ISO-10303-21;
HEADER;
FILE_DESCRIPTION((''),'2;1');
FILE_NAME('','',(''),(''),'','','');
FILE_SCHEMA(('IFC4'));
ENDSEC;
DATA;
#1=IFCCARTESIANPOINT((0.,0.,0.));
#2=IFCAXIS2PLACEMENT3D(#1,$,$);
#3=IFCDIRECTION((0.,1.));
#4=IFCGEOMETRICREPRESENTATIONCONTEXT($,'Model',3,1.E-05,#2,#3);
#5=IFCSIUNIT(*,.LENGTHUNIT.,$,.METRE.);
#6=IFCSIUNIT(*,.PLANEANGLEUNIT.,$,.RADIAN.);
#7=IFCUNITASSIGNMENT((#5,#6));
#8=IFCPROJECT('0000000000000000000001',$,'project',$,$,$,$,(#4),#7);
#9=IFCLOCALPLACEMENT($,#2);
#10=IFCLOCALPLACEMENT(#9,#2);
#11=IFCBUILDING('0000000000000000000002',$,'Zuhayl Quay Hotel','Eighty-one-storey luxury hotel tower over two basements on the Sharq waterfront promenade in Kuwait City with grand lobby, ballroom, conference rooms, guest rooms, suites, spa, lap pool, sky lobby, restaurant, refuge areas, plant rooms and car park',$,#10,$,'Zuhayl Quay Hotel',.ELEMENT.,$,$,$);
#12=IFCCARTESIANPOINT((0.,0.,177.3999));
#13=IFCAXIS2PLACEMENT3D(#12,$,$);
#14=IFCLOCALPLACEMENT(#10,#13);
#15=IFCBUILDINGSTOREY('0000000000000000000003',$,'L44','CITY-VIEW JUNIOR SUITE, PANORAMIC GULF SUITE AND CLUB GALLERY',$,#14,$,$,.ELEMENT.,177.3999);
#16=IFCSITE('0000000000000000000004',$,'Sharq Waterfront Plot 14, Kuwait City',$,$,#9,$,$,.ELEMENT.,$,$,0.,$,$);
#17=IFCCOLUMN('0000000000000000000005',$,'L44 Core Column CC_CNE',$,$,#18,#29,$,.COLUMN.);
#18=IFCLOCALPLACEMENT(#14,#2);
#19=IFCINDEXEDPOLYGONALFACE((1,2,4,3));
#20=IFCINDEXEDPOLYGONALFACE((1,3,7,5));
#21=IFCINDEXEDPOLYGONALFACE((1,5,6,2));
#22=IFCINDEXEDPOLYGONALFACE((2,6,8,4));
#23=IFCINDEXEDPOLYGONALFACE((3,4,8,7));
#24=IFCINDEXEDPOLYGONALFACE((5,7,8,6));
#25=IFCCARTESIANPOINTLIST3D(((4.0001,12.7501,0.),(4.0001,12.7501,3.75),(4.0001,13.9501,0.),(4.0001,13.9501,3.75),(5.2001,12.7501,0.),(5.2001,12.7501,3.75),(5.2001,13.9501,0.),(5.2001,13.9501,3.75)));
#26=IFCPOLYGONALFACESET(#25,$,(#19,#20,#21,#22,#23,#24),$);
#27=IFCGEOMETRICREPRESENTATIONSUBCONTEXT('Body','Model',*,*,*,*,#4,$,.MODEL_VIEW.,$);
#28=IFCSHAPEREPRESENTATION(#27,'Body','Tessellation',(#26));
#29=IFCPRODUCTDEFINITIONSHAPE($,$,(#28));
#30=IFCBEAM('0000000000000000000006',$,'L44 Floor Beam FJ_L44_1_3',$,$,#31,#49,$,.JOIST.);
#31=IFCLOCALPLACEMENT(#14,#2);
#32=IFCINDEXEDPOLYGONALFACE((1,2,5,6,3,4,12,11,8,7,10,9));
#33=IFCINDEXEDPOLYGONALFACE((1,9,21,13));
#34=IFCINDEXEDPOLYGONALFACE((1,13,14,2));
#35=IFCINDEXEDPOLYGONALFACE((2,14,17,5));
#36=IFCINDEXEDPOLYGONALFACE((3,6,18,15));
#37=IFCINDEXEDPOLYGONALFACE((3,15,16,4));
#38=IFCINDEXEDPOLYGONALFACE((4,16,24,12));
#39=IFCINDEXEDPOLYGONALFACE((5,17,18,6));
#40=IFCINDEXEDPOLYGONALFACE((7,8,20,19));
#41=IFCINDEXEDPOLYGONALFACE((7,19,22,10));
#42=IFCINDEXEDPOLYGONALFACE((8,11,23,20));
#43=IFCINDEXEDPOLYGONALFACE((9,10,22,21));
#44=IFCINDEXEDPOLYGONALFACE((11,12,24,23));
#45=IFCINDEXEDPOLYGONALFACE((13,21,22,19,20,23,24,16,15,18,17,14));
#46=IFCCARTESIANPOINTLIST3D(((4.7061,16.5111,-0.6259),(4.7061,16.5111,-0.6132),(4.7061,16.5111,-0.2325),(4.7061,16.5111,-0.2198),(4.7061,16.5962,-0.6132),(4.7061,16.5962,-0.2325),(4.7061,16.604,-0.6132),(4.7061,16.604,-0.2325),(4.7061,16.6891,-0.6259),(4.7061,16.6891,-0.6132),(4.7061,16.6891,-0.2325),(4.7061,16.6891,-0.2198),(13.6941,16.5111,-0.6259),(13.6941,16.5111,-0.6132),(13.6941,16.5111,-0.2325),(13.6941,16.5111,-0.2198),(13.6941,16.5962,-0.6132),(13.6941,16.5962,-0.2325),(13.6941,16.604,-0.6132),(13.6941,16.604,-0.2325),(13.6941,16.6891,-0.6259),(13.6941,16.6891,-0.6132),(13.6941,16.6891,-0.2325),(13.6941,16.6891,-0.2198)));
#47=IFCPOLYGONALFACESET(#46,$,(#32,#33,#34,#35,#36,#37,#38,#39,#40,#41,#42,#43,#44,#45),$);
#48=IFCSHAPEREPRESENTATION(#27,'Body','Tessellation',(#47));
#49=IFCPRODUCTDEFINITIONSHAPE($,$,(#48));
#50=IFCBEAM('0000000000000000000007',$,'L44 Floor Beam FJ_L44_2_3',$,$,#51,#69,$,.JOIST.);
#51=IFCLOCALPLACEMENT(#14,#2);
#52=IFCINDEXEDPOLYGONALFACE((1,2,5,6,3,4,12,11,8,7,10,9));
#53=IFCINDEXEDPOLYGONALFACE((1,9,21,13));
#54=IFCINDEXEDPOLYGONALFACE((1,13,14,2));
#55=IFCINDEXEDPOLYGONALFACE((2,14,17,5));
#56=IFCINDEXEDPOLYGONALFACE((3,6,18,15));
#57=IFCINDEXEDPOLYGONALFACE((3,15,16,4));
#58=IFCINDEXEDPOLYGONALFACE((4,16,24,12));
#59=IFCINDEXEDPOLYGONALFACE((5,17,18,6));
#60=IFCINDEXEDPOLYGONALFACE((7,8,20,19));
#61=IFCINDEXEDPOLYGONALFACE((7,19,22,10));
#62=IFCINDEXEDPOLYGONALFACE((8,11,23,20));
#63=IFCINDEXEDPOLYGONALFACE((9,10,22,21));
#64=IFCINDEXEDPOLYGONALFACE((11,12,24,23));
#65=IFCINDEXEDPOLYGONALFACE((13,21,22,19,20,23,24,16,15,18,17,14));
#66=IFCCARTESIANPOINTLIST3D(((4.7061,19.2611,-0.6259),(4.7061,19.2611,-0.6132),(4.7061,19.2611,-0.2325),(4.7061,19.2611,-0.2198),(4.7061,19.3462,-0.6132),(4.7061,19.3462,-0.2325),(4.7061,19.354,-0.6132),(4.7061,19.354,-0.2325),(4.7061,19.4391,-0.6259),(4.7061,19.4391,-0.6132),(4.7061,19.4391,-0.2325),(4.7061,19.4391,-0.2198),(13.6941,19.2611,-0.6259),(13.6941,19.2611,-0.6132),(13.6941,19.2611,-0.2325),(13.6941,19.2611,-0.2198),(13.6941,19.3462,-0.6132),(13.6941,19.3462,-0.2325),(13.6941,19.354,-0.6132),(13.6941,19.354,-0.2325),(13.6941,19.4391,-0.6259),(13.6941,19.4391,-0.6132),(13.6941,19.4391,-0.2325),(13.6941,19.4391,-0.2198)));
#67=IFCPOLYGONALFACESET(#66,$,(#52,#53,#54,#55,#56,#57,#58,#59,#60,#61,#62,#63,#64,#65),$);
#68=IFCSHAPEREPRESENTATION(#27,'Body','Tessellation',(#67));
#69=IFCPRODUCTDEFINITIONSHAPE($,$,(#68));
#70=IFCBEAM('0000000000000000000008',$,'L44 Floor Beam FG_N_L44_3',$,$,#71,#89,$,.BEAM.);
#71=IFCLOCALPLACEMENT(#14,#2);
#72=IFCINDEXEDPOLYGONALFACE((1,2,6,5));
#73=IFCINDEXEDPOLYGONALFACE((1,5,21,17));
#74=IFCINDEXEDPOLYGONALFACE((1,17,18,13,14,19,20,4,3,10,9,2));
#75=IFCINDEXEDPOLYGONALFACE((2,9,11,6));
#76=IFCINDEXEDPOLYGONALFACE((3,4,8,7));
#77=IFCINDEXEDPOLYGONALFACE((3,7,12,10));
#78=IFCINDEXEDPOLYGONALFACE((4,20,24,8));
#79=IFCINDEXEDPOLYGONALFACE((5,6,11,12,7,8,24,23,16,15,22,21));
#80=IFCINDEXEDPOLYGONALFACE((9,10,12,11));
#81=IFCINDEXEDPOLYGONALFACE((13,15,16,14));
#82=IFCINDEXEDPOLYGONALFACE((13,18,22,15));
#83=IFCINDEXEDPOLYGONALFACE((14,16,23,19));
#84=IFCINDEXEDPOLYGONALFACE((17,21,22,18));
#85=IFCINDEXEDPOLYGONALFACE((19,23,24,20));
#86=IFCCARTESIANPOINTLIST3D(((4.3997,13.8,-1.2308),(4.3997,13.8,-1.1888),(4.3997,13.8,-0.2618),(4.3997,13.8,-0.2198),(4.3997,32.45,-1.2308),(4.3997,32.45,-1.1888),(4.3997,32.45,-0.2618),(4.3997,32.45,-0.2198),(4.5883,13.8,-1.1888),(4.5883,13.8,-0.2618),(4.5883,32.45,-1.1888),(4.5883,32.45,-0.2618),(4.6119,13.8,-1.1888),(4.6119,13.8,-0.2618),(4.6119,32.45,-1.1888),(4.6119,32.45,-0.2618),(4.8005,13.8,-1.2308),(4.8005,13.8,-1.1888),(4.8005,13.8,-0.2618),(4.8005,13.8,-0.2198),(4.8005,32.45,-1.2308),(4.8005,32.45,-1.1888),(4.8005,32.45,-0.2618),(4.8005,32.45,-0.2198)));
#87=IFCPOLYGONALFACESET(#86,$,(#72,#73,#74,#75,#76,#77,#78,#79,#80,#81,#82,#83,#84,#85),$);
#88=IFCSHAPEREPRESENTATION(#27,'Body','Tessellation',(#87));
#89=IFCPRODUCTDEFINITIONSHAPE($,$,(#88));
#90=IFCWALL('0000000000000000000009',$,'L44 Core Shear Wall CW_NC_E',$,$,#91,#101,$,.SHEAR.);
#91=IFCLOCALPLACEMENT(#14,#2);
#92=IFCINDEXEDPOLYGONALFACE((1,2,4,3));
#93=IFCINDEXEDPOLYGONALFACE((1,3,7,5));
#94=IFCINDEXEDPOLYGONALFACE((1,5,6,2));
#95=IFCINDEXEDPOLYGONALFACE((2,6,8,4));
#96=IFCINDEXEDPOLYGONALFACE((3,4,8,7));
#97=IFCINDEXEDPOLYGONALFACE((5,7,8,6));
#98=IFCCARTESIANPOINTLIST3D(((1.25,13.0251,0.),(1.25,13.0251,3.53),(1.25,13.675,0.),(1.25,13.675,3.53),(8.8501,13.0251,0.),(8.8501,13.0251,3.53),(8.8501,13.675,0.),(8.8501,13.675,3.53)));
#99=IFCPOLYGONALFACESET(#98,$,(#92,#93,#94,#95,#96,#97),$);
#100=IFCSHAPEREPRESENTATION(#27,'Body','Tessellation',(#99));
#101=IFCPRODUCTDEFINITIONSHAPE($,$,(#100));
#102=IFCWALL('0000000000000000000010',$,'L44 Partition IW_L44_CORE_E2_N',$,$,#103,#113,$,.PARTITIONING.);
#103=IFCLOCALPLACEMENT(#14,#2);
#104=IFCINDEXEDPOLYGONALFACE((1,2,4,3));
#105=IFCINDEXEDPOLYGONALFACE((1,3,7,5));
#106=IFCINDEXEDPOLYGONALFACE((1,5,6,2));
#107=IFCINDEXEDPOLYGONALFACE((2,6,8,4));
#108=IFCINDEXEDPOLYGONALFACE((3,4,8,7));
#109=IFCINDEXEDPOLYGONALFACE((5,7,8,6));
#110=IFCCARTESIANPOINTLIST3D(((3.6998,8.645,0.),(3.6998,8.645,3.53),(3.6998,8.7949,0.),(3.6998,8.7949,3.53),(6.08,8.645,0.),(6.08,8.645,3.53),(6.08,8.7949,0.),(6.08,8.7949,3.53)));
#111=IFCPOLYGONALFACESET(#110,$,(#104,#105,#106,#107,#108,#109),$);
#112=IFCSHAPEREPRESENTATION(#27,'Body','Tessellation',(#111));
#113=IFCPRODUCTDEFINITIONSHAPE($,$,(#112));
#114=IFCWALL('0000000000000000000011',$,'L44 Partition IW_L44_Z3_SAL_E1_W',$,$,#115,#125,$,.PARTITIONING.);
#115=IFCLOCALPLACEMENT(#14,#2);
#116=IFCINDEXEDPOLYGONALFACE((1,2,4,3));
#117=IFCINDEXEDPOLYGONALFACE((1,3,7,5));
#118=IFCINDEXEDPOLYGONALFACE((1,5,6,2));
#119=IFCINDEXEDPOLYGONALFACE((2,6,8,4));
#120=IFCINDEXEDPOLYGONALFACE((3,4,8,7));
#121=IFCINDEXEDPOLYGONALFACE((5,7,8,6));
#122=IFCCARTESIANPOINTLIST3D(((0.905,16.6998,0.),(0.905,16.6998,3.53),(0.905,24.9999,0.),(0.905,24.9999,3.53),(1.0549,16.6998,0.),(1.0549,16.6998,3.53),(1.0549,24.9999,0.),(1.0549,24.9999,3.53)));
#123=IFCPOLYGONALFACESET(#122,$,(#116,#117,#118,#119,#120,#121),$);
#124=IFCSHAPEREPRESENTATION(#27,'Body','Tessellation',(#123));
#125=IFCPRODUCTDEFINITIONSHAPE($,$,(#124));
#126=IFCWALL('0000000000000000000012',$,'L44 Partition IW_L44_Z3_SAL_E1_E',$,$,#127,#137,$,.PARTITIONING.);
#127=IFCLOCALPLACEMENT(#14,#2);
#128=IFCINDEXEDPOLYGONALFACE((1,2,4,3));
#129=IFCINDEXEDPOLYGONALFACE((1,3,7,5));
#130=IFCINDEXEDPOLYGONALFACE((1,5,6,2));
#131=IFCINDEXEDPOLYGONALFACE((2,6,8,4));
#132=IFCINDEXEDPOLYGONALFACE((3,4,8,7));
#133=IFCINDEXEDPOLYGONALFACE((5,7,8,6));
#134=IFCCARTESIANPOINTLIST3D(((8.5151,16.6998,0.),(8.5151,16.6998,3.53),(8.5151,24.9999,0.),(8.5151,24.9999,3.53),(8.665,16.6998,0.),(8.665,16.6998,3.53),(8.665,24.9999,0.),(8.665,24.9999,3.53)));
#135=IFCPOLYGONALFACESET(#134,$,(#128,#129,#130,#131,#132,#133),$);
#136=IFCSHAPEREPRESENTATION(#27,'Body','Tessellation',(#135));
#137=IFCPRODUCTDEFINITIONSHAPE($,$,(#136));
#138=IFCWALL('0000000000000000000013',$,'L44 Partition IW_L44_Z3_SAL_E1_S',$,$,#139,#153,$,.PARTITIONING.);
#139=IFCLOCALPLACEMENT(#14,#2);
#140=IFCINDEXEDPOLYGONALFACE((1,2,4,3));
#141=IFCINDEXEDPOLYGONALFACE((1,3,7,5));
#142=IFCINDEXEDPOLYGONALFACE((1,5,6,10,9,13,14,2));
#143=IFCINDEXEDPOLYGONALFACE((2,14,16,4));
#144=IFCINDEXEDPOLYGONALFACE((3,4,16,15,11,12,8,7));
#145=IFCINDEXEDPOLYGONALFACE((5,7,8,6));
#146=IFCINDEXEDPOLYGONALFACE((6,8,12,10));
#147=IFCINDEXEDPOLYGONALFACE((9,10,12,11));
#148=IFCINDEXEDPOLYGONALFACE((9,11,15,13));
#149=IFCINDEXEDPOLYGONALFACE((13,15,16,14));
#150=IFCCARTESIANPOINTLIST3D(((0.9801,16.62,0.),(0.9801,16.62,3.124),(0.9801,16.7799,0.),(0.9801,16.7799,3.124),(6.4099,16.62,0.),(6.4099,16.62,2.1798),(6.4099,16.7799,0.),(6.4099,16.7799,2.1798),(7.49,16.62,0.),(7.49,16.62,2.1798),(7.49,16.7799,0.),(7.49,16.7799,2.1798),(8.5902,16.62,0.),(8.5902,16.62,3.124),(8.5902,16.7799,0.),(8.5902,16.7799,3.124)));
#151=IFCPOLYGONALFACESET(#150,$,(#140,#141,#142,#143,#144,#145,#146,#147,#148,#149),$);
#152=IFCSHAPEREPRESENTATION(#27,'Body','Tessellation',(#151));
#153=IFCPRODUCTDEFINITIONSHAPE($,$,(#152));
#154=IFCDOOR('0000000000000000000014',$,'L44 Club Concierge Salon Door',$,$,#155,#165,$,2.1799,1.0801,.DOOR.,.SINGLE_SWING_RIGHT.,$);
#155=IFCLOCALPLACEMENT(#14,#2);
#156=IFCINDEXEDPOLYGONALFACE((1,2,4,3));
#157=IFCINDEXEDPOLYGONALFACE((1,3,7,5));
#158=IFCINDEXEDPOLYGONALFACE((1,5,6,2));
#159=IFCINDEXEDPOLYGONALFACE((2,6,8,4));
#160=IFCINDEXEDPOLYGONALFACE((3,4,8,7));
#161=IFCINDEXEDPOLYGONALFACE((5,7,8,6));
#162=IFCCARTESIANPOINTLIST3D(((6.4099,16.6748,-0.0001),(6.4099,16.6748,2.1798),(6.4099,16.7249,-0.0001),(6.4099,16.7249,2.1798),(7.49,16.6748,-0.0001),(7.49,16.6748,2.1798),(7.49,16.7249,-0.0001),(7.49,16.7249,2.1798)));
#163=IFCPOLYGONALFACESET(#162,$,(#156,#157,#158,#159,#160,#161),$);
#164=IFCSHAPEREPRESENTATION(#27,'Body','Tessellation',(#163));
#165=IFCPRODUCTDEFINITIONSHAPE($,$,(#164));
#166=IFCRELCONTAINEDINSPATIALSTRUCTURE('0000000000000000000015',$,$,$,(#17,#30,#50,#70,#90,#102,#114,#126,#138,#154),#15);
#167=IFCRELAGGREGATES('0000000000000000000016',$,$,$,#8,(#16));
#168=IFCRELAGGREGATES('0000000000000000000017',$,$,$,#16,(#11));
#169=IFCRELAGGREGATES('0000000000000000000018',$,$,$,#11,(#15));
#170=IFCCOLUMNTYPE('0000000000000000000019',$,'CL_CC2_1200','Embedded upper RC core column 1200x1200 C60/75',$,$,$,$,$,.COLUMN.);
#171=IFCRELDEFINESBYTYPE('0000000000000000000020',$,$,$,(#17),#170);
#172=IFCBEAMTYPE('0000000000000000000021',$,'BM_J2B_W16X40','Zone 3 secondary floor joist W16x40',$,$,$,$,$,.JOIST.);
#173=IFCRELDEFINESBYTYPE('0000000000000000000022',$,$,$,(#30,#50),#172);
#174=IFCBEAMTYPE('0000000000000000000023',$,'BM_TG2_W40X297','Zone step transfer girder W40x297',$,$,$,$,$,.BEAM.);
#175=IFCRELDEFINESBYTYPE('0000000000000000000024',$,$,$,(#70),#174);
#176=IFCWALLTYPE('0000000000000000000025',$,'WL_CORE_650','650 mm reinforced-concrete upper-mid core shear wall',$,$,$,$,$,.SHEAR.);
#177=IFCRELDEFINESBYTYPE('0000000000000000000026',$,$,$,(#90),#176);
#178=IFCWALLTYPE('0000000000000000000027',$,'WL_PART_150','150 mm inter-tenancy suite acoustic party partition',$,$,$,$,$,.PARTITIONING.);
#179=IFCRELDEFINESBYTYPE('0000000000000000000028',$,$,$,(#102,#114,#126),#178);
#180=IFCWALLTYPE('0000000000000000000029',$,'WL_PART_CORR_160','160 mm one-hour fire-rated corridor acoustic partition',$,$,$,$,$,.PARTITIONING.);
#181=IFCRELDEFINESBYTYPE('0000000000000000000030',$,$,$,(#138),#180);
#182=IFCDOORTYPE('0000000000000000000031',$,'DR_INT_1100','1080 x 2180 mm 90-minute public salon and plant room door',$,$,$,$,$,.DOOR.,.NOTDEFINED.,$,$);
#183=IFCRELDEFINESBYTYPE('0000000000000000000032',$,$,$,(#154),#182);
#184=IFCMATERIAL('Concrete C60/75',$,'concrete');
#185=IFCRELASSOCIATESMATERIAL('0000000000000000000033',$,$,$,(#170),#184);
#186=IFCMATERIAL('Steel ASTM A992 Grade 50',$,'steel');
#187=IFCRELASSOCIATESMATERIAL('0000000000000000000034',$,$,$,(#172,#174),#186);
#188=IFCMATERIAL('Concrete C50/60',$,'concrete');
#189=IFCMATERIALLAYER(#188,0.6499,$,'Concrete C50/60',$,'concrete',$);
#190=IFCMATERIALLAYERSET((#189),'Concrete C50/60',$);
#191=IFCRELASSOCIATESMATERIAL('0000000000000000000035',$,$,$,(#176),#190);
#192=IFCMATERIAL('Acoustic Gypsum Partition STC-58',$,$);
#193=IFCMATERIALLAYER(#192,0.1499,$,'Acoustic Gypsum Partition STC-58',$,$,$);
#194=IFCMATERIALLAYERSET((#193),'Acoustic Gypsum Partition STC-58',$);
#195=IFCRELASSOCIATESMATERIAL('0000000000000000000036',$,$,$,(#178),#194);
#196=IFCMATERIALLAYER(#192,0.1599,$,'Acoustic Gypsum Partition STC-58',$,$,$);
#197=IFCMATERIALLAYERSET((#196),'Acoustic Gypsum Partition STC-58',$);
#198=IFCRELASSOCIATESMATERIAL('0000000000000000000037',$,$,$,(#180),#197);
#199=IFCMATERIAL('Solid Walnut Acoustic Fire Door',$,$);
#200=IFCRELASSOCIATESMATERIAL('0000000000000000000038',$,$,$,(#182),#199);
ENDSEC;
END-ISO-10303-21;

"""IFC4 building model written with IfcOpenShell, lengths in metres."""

from ifc_helpers import new_model, si_unit, direction, frame, frame_2d, origin, origin_2d, place, context, subcontext, project, spatial, rectangle, i_section, extrude, material, layer, layer_set, material_profile, profile_set, type_object, element, fill, save


model = new_model("IFC4")

# Units and contexts
model_context = context("Model", 3, precision=1e-05, world=origin(), true_north=direction((0.0, 1.0)))
body_context = subcontext(model_context, "Body", "Model", "MODEL_VIEW")
ifc_project = project(units=[si_unit("LENGTHUNIT", "METRE"), si_unit("PLANEANGLEUNIT", "RADIAN")], contexts=[model_context])

# Site, building, storey
site_placement = place(None, origin())
site = spatial("IfcSite", under=ifc_project, at=site_placement, Name="Sharq Waterfront Plot 14, Kuwait City", CompositionType="ELEMENT", RefElevation=0.0)
building_placement = place(site_placement, origin())
building = spatial("IfcBuilding", under=site, at=building_placement, Name="Zuhayl Quay Hotel", Description="Eighty-one-storey luxury hotel tower over two basements on the Sharq waterfront promenade in Kuwait City with grand lobby, ballroom, conference rooms, guest rooms, suites, spa, lap pool, sky lobby, restaurant, refuge areas, plant rooms and car park", LongName="Zuhayl Quay Hotel", CompositionType="ELEMENT")
storey_placement = place(building_placement, frame((0.0, 0.0, 177.3999)))
storey = spatial("IfcBuildingStorey", under=building, at=storey_placement, Name="L44", Description="CITY-VIEW JUNIOR SUITE, PANORAMIC GULF SUITE AND CLUB GALLERY", CompositionType="ELEMENT", Elevation=177.3999)

# Column
ifc_material_1 = material(Name="Concrete C60/75", Category="concrete")
ifc_material_profile_1 = material_profile(ifc_material_1, rectangle(XDim=1.2, YDim=1.2, at=origin_2d()), Name="RC1200X1200")
ifc_profile_set_1 = profile_set([ifc_material_profile_1], Name="Concrete C60/75")
column_type = type_object("IfcColumnType", Name="CL_CC2_1200", Description="Embedded upper RC core column 1200x1200 C60/75", PredefinedType="COLUMN", material=ifc_profile_set_1)
column_placement = place(storey_placement, frame((4.6001, 13.3501, 0.0), z_axis=(0.0, 0.0, 1.0), x_axis=(1.0, 0.0, 0.0)))
element("IfcColumn", 1, at=column_placement, inside=storey, type_object=column_type, Name="L44 Core Column CC_CNE", PredefinedType="COLUMN", context=body_context, shape_type="SweptSolid", body=[
    extrude(rectangle(XDim=1.2, YDim=1.2, at=origin_2d()), origin(), (0.0, 0.0, 1.0), 3.75),
])

# Beams
ifc_material_2 = material(Name="Steel ASTM A992 Grade 50", Category="steel")
ifc_material_profile_2 = material_profile(ifc_material_2, i_section(OverallWidth=0.178, OverallDepth=0.406, WebThickness=0.0078, FlangeThickness=0.0127, at=origin_2d()), Name="W16X40")
ifc_profile_set_2 = profile_set([ifc_material_profile_2], Name="Steel ASTM A992 Grade 50")
beam_type_1 = type_object("IfcBeamType", Name="BM_J2B_W16X40", Description="Zone 3 secondary floor joist W16x40", PredefinedType="JOIST", material=ifc_profile_set_2)
for number, where, z_axis, x_axis, name in (
    (2, (4.7061, 16.6001, -0.4229), (1.0, 0.0, 0.0), (0.0, 1.0, 0.0), "L44 Floor Beam FJ_L44_1_3"),
    (3, (4.7061, 19.3501, -0.4229), (1.0, 0.0, 0.0), (0.0, 1.0, 0.0), "L44 Floor Beam FJ_L44_2_3"),
):
    element("IfcBeam", number, at=place(storey_placement, frame(where, z_axis=z_axis, x_axis=x_axis)), inside=storey, type_object=beam_type_1, Name=name, PredefinedType="JOIST", context=body_context, shape_type="SweptSolid", body=[
        extrude(i_section(OverallWidth=0.178, OverallDepth=0.406, WebThickness=0.0078, FlangeThickness=0.0127, at=origin_2d()), origin(), (0.0, 0.0, 1.0), 8.988),
    ])
ifc_material_profile_3 = material_profile(ifc_material_2, i_section(OverallWidth=0.4009, OverallDepth=1.011, WebThickness=0.0237, FlangeThickness=0.042, at=origin_2d()), Name="W40X297")
ifc_profile_set_3 = profile_set([ifc_material_profile_3], Name="Steel ASTM A992 Grade 50")
beam_type_2 = type_object("IfcBeamType", Name="BM_TG2_W40X297", Description="Zone step transfer girder W40x297", PredefinedType="BEAM", material=ifc_profile_set_3)
beam_placement = place(storey_placement, frame((4.6001, 13.8, -0.7253), z_axis=(0.0, 1.0, 0.0), x_axis=(-1.0, 0.0, 0.0)))
element("IfcBeam", 4, at=beam_placement, inside=storey, type_object=beam_type_2, Name="L44 Floor Beam FG_N_L44_3", PredefinedType="BEAM", context=body_context, shape_type="SweptSolid", body=[
    extrude(i_section(OverallWidth=0.4009, OverallDepth=1.011, WebThickness=0.0237, FlangeThickness=0.042, at=origin_2d()), origin(), (0.0, 0.0, 1.0), 18.6499),
])

# Wall
ifc_material_3 = material(Name="Concrete C50/60", Category="concrete")
ifc_layer_1 = layer(ifc_material_3, 0.6499, Name="Concrete C50/60", Category="concrete")
ifc_layer_set_1 = layer_set([ifc_layer_1], Name="Concrete C50/60")
wall_type_1 = type_object("IfcWallType", Name="WL_CORE_650", Description="650 mm reinforced-concrete upper-mid core shear wall", PredefinedType="SHEAR", material=ifc_layer_set_1)
wall_1_placement = place(storey_placement, frame((1.25, 13.3501, 0.0), z_axis=(0.0, 0.0, 1.0), x_axis=(1.0, 0.0, 0.0)))
element("IfcWall", 5, at=wall_1_placement, inside=storey, type_object=wall_type_1, Name="L44 Core Shear Wall CW_NC_E", PredefinedType="SHEAR", context=body_context, shape_type="SweptSolid", body=[
    extrude(rectangle(XDim=7.6001, YDim=0.6499, at=frame_2d((3.8, 0.0))), origin(), (0.0, 0.0, 1.0), 3.53),
])

# Shared definitions
ifc_material_4 = material(Name="Acoustic Gypsum Partition STC-58")
ifc_layer_2 = layer(ifc_material_4, 0.1499, Name="Acoustic Gypsum Partition STC-58")
ifc_layer_set_2 = layer_set([ifc_layer_2], Name="Acoustic Gypsum Partition STC-58")
wall_type_2 = type_object("IfcWallType", Name="WL_PART_150", Description="150 mm inter-tenancy suite acoustic party partition", PredefinedType="PARTITIONING", material=ifc_layer_set_2)

# Walls
wall_2_placement = place(storey_placement, frame((3.7, 8.72, 0.0), z_axis=(0.0, 0.0, 1.0), x_axis=(1.0, 0.0, 0.0)))
element("IfcWall", 6, at=wall_2_placement, inside=storey, type_object=wall_type_2, Name="L44 Partition IW_L44_CORE_E2_N", PredefinedType="PARTITIONING", context=body_context, shape_type="SweptSolid", body=[
    extrude(rectangle(XDim=2.3801, YDim=0.1499, at=frame_2d((1.1899, 0.0))), origin(), (0.0, 0.0, 1.0), 3.53),
])
for number, where, z_axis, x_axis, name in (
    (7, (0.98, 16.7, 0.0), (0.0, 0.0, 1.0), (0.0, 1.0, 0.0), "L44 Partition IW_L44_Z3_SAL_E1_W"),
    (8, (8.5901, 16.7, 0.0), (0.0, 0.0, 1.0), (0.0, 1.0, 0.0), "L44 Partition IW_L44_Z3_SAL_E1_E"),
):
    element("IfcWall", number, at=place(storey_placement, frame(where, z_axis=z_axis, x_axis=x_axis)), inside=storey, type_object=wall_type_2, Name=name, PredefinedType="PARTITIONING", context=body_context, shape_type="SweptSolid", body=[
        extrude(rectangle(XDim=8.3, YDim=0.1499, at=frame_2d((4.1499, 0.0))), origin(), (0.0, 0.0, 1.0), 3.53),
    ])

# Wall, opening, door
ifc_layer_3 = layer(ifc_material_4, 0.1599, Name="Acoustic Gypsum Partition STC-58")
ifc_layer_set_3 = layer_set([ifc_layer_3], Name="Acoustic Gypsum Partition STC-58")
wall_type_3 = type_object("IfcWallType", Name="WL_PART_CORR_160", Description="160 mm one-hour fire-rated corridor acoustic partition", PredefinedType="PARTITIONING", material=ifc_layer_set_3)
wall_3_placement = place(storey_placement, frame((0.98, 16.7, 0.0), z_axis=(0.0, 0.0, 1.0), x_axis=(1.0, 0.0, 0.0)))
wall_3 = element("IfcWall", 9, at=wall_3_placement, inside=storey, type_object=wall_type_3, Name="L44 Partition IW_L44_Z3_SAL_E1_S", PredefinedType="PARTITIONING", context=body_context, shape_type="SweptSolid", body=[
    extrude(rectangle(XDim=7.6101, YDim=0.1599, at=frame_2d((3.8052, 0.0))), origin(), (0.0, 0.0, 1.0), 3.124),
])
opening_1_placement = place(wall_3_placement, frame((5.4299, 0.0, 0.0)))
opening_1 = element("IfcOpeningElement", 10, at=opening_1_placement, cuts=wall_3, PredefinedType="OPENING", context=body_context, shape_type="SweptSolid", body=[
    extrude(rectangle(XDim=1.0801, YDim=2.1799, at=frame_2d((0.54, 1.0898))), frame((0.0, 0.0898, 0.0), z_axis=(0.0, -1.0, 0.0), x_axis=(1.0, 0.0, 0.0)), (0.0, 0.0, 1.0), 0.1799),
])
ifc_material_5 = material(Name="Solid Walnut Acoustic Fire Door")
door_type_1 = type_object("IfcDoorType", Name="DR_INT_1100", Description="1080 x 2180 mm 90-minute public salon and plant room door", OperationType="NOTDEFINED", PredefinedType="DOOR", material=ifc_material_5)
door_1_placement = place(opening_1_placement, origin())
door_1 = element("IfcDoor", 11, at=door_1_placement, inside=storey, type_object=door_type_1, Name="L44 Club Concierge Salon Door", OperationType="SINGLE_SWING_RIGHT", OverallHeight=2.1799, OverallWidth=1.0801, PredefinedType="DOOR", context=body_context, shape_type="SweptSolid", body=[
    extrude(rectangle(XDim=1.0801, YDim=2.1799, at=frame_2d((0.54, 1.0898))), frame((0.0, 0.0249, 0.0), z_axis=(0.0, -1.0, 0.0), x_axis=(1.0, 0.0, 0.0)), (0.0, 0.0, 1.0), 0.05),
])
fill(opening_1, door_1)

save(model, "model.ifc")
